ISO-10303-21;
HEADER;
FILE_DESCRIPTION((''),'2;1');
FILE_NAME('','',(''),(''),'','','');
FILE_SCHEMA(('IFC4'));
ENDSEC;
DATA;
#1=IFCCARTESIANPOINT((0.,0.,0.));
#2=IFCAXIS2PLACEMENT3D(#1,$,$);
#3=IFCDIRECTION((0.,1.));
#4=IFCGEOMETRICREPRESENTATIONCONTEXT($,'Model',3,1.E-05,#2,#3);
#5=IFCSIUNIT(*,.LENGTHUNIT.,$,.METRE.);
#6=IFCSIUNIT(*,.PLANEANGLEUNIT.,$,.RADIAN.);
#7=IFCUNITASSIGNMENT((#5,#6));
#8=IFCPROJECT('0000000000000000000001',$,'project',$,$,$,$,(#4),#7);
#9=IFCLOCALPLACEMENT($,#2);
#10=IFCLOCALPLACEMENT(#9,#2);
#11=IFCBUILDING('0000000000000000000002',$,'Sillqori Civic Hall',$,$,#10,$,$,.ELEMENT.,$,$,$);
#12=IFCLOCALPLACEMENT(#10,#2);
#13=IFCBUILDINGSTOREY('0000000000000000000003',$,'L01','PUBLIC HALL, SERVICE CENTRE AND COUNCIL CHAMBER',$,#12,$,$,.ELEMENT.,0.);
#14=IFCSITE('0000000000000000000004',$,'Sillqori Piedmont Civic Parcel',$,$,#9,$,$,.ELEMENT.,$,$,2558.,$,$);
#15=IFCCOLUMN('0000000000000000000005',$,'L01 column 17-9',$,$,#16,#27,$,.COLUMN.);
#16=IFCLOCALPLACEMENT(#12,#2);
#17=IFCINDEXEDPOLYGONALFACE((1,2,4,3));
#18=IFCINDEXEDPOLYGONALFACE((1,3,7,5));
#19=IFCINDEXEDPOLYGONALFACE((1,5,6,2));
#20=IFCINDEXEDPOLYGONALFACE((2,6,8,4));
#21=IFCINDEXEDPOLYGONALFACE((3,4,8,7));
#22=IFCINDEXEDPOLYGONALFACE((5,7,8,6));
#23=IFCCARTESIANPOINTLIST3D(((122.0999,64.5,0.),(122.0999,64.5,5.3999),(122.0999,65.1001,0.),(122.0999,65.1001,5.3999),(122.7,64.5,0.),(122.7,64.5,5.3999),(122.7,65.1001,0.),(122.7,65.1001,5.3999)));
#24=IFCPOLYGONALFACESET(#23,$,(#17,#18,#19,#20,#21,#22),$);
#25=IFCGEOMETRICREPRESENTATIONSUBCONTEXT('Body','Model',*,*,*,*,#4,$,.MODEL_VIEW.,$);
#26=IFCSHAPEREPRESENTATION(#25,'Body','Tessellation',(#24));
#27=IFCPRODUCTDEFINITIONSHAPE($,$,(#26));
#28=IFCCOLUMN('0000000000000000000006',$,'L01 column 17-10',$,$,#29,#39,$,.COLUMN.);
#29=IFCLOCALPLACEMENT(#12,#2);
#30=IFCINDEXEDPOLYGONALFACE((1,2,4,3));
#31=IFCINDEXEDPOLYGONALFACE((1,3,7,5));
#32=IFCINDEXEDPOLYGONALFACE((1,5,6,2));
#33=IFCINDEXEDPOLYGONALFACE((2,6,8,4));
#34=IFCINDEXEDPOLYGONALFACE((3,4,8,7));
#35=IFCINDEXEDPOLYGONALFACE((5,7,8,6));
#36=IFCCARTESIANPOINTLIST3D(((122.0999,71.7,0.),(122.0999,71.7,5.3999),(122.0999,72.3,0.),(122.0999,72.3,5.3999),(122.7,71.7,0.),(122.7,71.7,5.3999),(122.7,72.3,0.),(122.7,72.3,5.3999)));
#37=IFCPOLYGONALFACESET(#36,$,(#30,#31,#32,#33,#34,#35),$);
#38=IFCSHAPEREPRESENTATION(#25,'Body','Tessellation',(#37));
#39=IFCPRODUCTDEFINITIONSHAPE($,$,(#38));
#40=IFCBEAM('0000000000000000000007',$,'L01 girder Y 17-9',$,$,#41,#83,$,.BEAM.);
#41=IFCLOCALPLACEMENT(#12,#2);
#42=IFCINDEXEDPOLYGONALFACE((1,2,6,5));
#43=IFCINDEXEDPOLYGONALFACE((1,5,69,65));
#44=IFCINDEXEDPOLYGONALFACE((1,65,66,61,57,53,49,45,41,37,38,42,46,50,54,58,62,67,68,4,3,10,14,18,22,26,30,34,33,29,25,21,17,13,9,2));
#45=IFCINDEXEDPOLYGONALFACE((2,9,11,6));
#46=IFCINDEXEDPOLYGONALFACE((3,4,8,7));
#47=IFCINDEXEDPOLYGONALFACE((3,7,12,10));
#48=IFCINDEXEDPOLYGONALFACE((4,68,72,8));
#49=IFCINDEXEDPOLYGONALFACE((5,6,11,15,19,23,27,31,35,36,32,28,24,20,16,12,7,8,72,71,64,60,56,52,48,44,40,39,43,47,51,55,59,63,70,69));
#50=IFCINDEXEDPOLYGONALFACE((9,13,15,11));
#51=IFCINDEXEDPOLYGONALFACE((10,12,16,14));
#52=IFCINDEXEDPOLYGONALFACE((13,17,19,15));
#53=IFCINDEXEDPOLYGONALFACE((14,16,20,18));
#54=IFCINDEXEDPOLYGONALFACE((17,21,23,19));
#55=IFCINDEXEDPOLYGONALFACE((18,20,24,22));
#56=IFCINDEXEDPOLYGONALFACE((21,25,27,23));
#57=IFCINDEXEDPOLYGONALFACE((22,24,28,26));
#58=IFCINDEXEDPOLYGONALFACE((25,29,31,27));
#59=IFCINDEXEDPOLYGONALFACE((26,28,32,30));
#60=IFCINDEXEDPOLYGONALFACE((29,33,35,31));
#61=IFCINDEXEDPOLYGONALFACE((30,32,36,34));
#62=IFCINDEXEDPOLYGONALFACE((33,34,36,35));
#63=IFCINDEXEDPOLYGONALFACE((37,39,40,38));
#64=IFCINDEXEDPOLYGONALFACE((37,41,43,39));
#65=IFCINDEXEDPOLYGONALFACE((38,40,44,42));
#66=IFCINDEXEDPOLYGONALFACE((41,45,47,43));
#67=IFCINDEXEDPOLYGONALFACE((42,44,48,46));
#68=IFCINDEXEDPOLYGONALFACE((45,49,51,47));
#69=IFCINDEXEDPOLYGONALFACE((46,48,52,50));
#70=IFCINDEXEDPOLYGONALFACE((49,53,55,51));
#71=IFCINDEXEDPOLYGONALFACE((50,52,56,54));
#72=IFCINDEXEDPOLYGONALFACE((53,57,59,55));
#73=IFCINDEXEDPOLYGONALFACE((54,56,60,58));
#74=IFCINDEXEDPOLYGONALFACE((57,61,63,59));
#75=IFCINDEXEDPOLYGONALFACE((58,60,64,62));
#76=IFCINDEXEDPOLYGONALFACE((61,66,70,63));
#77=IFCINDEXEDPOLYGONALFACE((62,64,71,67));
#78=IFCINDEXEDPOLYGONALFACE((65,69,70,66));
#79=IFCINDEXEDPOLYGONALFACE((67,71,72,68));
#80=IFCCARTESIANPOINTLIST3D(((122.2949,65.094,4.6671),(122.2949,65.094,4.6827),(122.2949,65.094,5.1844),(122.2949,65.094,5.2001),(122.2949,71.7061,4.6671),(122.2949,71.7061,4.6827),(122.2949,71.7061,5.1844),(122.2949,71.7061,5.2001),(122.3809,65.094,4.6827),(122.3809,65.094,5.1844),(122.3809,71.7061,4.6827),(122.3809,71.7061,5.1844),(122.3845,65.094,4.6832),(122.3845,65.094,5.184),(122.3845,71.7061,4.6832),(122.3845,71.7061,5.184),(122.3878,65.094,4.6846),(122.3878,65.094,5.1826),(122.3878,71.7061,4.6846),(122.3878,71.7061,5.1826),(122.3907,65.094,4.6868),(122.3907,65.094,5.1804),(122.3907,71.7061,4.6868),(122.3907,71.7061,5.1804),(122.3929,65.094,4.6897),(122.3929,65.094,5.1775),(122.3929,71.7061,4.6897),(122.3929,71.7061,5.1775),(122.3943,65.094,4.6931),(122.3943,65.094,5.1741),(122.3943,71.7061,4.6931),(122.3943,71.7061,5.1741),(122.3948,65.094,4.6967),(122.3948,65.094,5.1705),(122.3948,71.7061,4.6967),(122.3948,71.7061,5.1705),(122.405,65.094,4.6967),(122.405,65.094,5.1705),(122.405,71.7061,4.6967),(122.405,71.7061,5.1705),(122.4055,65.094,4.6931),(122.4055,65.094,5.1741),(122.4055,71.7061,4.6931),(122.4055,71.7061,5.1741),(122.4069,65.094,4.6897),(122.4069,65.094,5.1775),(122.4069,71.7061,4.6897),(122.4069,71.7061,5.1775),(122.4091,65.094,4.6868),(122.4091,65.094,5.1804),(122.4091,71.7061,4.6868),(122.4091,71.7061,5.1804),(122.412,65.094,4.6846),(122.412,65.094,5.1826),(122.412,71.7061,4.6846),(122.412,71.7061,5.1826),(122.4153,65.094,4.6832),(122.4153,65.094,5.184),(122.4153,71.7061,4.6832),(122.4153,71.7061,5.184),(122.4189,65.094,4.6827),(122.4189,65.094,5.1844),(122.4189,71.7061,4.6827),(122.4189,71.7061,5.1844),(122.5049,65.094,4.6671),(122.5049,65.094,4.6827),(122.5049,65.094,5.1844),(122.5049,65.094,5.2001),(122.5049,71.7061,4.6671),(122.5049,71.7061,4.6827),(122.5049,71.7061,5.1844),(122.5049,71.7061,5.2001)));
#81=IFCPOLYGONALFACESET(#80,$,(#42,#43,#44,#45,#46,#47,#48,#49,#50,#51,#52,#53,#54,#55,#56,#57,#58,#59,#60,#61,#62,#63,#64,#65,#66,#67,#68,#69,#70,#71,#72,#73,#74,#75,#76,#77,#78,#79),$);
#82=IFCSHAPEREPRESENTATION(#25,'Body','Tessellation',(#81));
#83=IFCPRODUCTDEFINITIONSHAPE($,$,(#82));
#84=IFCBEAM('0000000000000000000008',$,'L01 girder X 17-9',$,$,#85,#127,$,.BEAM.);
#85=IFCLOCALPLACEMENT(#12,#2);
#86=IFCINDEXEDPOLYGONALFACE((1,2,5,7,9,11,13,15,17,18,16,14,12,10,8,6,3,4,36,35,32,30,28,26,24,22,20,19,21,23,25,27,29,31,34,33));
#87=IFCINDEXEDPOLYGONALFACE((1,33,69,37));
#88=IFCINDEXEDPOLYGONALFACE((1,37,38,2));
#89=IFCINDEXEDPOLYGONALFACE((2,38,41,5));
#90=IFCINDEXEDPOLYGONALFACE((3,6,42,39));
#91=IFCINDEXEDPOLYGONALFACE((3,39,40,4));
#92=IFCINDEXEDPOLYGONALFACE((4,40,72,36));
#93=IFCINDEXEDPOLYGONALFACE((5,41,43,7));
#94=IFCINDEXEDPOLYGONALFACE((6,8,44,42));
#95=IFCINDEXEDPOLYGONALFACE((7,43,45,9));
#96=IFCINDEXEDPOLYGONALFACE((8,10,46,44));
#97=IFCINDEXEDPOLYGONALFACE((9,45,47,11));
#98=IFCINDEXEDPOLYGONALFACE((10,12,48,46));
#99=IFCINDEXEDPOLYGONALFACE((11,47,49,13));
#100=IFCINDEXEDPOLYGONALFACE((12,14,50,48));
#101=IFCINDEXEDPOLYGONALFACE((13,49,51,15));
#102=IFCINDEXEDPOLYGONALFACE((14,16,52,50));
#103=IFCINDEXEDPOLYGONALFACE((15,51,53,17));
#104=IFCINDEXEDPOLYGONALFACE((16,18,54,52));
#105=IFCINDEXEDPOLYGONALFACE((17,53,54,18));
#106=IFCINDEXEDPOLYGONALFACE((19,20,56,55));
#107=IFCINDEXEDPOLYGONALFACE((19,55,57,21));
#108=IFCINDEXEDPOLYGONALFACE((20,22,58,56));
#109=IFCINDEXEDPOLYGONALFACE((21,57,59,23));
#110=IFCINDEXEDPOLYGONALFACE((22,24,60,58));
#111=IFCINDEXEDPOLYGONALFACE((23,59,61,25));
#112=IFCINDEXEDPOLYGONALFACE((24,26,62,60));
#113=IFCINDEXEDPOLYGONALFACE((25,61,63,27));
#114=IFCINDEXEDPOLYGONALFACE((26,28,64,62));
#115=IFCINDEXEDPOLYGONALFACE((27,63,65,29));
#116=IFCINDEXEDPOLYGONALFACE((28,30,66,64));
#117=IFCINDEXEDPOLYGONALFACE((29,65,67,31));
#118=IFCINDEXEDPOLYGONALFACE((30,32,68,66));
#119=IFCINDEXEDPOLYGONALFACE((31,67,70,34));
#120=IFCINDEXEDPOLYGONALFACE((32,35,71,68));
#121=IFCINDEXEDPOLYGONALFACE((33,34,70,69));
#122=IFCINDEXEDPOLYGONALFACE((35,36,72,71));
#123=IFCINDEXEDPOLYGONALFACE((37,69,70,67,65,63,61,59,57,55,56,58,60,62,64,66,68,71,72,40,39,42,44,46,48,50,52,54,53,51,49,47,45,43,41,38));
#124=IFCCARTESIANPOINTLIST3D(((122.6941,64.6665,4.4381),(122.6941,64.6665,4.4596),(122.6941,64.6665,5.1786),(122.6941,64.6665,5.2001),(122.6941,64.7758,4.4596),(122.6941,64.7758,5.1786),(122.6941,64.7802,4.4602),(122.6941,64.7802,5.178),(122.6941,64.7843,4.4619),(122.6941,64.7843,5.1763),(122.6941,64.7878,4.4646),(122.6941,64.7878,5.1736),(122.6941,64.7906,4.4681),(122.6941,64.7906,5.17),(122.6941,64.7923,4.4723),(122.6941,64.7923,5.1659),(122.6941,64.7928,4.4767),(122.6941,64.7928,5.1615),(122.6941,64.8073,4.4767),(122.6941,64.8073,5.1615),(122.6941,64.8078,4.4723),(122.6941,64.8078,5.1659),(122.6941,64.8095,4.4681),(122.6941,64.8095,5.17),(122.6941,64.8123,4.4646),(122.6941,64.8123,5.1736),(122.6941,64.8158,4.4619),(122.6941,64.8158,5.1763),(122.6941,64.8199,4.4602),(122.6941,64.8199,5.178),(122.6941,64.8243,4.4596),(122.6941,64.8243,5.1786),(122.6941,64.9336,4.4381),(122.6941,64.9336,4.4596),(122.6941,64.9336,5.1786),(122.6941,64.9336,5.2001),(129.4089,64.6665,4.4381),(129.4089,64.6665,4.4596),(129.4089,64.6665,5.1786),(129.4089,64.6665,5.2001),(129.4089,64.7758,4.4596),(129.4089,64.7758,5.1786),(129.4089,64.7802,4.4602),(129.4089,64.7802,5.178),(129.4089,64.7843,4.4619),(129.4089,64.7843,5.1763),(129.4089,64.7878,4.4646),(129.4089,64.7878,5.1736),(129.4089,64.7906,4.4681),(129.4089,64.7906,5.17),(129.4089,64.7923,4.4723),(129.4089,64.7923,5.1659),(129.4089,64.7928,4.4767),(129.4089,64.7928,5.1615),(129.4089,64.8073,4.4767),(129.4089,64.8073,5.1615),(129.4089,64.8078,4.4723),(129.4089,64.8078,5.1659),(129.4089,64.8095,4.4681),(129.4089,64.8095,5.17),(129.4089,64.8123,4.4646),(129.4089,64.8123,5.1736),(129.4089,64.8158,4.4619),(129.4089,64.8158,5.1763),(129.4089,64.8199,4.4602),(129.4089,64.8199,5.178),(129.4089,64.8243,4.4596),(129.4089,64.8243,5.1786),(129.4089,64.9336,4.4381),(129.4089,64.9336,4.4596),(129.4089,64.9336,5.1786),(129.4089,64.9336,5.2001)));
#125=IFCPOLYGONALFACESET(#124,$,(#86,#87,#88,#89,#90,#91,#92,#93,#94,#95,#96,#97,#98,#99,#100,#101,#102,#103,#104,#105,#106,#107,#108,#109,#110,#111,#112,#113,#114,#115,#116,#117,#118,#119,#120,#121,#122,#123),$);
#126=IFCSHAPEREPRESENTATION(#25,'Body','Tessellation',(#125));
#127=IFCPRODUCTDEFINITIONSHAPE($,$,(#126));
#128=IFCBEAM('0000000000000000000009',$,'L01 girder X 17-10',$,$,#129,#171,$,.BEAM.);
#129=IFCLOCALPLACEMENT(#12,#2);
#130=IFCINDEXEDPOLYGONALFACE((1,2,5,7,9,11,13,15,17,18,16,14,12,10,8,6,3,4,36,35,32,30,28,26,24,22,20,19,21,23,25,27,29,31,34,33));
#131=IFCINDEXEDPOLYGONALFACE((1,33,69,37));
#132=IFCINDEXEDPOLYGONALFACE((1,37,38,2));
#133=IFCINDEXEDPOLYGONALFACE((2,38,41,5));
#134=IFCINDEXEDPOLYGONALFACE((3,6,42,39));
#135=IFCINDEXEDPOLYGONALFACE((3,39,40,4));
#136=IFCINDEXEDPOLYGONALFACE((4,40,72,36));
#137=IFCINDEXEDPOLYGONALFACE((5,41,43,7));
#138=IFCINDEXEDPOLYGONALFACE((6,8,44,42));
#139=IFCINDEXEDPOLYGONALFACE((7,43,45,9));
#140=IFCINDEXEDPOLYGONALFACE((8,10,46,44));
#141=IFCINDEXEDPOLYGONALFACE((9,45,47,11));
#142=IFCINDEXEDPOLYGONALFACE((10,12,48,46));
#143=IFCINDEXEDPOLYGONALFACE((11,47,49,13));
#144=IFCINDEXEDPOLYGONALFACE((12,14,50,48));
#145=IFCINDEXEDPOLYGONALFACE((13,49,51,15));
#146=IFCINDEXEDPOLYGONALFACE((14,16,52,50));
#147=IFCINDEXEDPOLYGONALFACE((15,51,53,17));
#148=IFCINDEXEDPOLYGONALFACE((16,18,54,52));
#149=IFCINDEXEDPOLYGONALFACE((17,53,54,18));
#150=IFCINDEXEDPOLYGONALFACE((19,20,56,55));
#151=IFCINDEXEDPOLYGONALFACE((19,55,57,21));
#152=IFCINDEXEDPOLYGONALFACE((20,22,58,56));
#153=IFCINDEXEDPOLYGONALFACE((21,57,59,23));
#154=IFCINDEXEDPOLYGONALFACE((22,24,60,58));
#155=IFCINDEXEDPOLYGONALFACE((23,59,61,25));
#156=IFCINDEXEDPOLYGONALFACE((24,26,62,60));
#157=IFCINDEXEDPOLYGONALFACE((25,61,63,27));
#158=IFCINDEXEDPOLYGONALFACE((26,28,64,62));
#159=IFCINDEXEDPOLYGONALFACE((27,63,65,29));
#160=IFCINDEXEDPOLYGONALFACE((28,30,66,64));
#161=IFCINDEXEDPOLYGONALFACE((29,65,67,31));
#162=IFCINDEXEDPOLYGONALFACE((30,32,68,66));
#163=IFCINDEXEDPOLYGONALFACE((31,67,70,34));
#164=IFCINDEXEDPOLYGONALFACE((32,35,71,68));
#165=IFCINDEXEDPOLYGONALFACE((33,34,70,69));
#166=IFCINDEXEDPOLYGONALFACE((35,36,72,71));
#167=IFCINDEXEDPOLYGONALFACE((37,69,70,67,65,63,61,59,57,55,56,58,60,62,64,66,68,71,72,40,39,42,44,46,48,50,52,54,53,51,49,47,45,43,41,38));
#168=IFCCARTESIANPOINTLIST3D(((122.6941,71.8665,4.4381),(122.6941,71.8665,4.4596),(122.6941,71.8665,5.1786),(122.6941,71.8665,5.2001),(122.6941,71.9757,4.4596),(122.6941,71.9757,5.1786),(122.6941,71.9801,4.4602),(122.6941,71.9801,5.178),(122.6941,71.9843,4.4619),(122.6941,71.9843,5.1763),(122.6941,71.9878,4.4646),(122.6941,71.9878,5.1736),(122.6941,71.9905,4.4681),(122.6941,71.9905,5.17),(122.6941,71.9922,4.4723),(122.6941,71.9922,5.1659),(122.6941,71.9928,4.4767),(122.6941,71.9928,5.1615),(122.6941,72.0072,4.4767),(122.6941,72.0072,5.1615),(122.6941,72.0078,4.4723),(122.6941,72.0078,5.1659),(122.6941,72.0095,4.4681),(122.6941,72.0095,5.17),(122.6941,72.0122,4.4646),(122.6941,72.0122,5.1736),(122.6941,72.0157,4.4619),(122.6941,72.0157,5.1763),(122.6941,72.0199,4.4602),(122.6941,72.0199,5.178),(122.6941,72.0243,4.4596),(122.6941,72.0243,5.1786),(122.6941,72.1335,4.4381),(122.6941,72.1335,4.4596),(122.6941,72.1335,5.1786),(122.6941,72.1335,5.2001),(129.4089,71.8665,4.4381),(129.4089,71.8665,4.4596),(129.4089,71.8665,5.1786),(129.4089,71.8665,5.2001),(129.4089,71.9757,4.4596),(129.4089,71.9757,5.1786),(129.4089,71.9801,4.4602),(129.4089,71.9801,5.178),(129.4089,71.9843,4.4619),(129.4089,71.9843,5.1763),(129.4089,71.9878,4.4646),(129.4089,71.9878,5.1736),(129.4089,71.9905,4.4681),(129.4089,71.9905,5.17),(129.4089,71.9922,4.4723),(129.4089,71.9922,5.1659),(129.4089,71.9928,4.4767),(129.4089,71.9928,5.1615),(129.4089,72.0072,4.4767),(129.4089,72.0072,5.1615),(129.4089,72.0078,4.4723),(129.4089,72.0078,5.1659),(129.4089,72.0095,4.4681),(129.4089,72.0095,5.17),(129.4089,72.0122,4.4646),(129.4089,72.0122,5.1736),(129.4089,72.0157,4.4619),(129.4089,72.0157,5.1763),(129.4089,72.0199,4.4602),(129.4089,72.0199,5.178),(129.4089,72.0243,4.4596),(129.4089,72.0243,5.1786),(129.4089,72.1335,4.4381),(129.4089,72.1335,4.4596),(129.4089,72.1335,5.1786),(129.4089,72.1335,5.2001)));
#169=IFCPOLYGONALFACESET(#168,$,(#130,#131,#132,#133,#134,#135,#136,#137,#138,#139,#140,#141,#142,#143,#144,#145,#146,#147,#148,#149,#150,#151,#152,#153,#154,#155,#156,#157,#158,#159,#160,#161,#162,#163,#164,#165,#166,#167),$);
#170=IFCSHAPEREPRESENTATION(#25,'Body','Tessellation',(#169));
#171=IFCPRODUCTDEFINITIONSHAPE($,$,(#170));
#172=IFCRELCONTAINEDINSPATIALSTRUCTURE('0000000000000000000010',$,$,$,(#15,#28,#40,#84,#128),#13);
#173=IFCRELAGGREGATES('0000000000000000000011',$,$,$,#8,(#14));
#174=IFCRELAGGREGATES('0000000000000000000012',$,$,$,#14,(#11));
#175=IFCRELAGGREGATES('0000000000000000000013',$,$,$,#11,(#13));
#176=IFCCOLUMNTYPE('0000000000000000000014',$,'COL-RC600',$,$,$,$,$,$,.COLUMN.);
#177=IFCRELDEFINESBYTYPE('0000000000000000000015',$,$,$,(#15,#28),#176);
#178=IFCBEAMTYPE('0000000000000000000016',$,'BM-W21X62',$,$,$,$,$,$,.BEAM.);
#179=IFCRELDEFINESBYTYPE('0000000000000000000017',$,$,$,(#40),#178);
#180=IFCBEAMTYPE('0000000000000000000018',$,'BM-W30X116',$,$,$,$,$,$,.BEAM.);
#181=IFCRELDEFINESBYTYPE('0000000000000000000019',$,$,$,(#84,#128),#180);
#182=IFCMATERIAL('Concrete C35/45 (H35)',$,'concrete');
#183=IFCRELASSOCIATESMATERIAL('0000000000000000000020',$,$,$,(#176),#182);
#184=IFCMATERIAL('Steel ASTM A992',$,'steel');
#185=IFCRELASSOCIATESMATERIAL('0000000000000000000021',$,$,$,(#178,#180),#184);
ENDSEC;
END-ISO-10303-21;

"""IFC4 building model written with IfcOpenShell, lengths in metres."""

from ifc_helpers import new_model, si_unit, direction, frame, origin, origin_2d, place, context, subcontext, project, spatial, rectangle, i_section, extrude, material, material_profile, profile_set, type_object, element, save


model = new_model("IFC4")

# Units and contexts
model_context = context("Model", 3, precision=1e-05, world=origin(), true_north=direction((0.0, 1.0)))
body_context = subcontext(model_context, "Body", "Model", "MODEL_VIEW")
ifc_project = project(units=[si_unit("LENGTHUNIT", "METRE"), si_unit("PLANEANGLEUNIT", "RADIAN")], contexts=[model_context])

# Site, building, storey
site_placement = place(None, origin())
site = spatial("IfcSite", under=ifc_project, at=site_placement, Name="Sillqori Piedmont Civic Parcel", CompositionType="ELEMENT", RefElevation=2558.0)
building_placement = place(site_placement, origin())
building = spatial("IfcBuilding", under=site, at=building_placement, Name="Sillqori Civic Hall", CompositionType="ELEMENT")
storey_placement = place(building_placement, origin())
storey = spatial("IfcBuildingStorey", under=building, at=storey_placement, Name="L01", Description="PUBLIC HALL, SERVICE CENTRE AND COUNCIL CHAMBER", CompositionType="ELEMENT", Elevation=0.0)

# Columns
ifc_material_1 = material(Name="Concrete C35/45 (H35)", Category="concrete")
ifc_material_profile_1 = material_profile(ifc_material_1, rectangle(XDim=0.6001, YDim=0.6001, at=origin_2d()), Name="RC 600x600")
ifc_profile_set_1 = profile_set([ifc_material_profile_1], Name="Concrete C35/45 (H35)")
column_type = type_object("IfcColumnType", Name="COL-RC600", PredefinedType="COLUMN", material=ifc_profile_set_1)
for number, where, z_axis, x_axis, name in (
    (1, (122.3999, 64.8, 0.0), (0.0, 0.0, 1.0), (1.0, 0.0, 0.0), "L01 column 17-9"),
    (2, (122.3999, 72.0, 0.0), (0.0, 0.0, 1.0), (1.0, 0.0, 0.0), "L01 column 17-10"),
):
    element("IfcColumn", number, at=place(storey_placement, frame(where, z_axis=z_axis, x_axis=x_axis)), inside=storey, type_object=column_type, Name=name, PredefinedType="COLUMN", context=body_context, shape_type="SweptSolid", body=[
        extrude(rectangle(XDim=0.6001, YDim=0.6001, at=origin_2d()), origin(), (0.0, 0.0, 1.0), 5.3999),
    ])

# Beams
ifc_material_2 = material(Name="Steel ASTM A992", Category="steel")
ifc_material_profile_2 = material_profile(ifc_material_2, i_section(OverallWidth=0.21, OverallDepth=0.533, WebThickness=0.0103, FlangeThickness=0.0156, FilletRadius=0.0139, at=origin_2d()), Name="W21X62")
ifc_profile_set_2 = profile_set([ifc_material_profile_2], Name="Steel ASTM A992")
beam_type_1 = type_object("IfcBeamType", Name="BM-W21X62", PredefinedType="BEAM", material=ifc_profile_set_2)
beam_placement = place(storey_placement, frame((122.3999, 65.094, 4.9336), z_axis=(0.0, 1.0, 0.0), x_axis=(-1.0, 0.0, 0.0)))
element("IfcBeam", 3, at=beam_placement, inside=storey, type_object=beam_type_1, Name="L01 girder Y 17-9", PredefinedType="BEAM", context=body_context, shape_type="SweptSolid", body=[
    extrude(i_section(OverallWidth=0.21, OverallDepth=0.533, WebThickness=0.0103, FlangeThickness=0.0156, FilletRadius=0.0139, at=origin_2d()), origin(), (0.0, 0.0, 1.0), 6.6121),
])
ifc_material_profile_3 = material_profile(ifc_material_2, i_section(OverallWidth=0.2671, OverallDepth=0.762, WebThickness=0.0144, FlangeThickness=0.0215, FilletRadius=0.0171, at=origin_2d()), Name="W30X116")
ifc_profile_set_3 = profile_set([ifc_material_profile_3], Name="Steel ASTM A992")
beam_type_2 = type_object("IfcBeamType", Name="BM-W30X116", PredefinedType="BEAM", material=ifc_profile_set_3)
for number, where, z_axis, x_axis, name in (
    (4, (122.6941, 64.8, 4.8191), (1.0, 0.0, 0.0), (0.0, 1.0, 0.0), "L01 girder X 17-9"),
    (5, (122.6941, 72.0, 4.8191), (1.0, 0.0, 0.0), (0.0, 1.0, 0.0), "L01 girder X 17-10"),
):
    element("IfcBeam", number, at=place(storey_placement, frame(where, z_axis=z_axis, x_axis=x_axis)), inside=storey, type_object=beam_type_2, Name=name, PredefinedType="BEAM", context=body_context, shape_type="SweptSolid", body=[
        extrude(i_section(OverallWidth=0.2671, OverallDepth=0.762, WebThickness=0.0144, FlangeThickness=0.0215, FilletRadius=0.0171, at=origin_2d()), origin(), (0.0, 0.0, 1.0), 6.7148),
    ])

save(model, "model.ifc")
